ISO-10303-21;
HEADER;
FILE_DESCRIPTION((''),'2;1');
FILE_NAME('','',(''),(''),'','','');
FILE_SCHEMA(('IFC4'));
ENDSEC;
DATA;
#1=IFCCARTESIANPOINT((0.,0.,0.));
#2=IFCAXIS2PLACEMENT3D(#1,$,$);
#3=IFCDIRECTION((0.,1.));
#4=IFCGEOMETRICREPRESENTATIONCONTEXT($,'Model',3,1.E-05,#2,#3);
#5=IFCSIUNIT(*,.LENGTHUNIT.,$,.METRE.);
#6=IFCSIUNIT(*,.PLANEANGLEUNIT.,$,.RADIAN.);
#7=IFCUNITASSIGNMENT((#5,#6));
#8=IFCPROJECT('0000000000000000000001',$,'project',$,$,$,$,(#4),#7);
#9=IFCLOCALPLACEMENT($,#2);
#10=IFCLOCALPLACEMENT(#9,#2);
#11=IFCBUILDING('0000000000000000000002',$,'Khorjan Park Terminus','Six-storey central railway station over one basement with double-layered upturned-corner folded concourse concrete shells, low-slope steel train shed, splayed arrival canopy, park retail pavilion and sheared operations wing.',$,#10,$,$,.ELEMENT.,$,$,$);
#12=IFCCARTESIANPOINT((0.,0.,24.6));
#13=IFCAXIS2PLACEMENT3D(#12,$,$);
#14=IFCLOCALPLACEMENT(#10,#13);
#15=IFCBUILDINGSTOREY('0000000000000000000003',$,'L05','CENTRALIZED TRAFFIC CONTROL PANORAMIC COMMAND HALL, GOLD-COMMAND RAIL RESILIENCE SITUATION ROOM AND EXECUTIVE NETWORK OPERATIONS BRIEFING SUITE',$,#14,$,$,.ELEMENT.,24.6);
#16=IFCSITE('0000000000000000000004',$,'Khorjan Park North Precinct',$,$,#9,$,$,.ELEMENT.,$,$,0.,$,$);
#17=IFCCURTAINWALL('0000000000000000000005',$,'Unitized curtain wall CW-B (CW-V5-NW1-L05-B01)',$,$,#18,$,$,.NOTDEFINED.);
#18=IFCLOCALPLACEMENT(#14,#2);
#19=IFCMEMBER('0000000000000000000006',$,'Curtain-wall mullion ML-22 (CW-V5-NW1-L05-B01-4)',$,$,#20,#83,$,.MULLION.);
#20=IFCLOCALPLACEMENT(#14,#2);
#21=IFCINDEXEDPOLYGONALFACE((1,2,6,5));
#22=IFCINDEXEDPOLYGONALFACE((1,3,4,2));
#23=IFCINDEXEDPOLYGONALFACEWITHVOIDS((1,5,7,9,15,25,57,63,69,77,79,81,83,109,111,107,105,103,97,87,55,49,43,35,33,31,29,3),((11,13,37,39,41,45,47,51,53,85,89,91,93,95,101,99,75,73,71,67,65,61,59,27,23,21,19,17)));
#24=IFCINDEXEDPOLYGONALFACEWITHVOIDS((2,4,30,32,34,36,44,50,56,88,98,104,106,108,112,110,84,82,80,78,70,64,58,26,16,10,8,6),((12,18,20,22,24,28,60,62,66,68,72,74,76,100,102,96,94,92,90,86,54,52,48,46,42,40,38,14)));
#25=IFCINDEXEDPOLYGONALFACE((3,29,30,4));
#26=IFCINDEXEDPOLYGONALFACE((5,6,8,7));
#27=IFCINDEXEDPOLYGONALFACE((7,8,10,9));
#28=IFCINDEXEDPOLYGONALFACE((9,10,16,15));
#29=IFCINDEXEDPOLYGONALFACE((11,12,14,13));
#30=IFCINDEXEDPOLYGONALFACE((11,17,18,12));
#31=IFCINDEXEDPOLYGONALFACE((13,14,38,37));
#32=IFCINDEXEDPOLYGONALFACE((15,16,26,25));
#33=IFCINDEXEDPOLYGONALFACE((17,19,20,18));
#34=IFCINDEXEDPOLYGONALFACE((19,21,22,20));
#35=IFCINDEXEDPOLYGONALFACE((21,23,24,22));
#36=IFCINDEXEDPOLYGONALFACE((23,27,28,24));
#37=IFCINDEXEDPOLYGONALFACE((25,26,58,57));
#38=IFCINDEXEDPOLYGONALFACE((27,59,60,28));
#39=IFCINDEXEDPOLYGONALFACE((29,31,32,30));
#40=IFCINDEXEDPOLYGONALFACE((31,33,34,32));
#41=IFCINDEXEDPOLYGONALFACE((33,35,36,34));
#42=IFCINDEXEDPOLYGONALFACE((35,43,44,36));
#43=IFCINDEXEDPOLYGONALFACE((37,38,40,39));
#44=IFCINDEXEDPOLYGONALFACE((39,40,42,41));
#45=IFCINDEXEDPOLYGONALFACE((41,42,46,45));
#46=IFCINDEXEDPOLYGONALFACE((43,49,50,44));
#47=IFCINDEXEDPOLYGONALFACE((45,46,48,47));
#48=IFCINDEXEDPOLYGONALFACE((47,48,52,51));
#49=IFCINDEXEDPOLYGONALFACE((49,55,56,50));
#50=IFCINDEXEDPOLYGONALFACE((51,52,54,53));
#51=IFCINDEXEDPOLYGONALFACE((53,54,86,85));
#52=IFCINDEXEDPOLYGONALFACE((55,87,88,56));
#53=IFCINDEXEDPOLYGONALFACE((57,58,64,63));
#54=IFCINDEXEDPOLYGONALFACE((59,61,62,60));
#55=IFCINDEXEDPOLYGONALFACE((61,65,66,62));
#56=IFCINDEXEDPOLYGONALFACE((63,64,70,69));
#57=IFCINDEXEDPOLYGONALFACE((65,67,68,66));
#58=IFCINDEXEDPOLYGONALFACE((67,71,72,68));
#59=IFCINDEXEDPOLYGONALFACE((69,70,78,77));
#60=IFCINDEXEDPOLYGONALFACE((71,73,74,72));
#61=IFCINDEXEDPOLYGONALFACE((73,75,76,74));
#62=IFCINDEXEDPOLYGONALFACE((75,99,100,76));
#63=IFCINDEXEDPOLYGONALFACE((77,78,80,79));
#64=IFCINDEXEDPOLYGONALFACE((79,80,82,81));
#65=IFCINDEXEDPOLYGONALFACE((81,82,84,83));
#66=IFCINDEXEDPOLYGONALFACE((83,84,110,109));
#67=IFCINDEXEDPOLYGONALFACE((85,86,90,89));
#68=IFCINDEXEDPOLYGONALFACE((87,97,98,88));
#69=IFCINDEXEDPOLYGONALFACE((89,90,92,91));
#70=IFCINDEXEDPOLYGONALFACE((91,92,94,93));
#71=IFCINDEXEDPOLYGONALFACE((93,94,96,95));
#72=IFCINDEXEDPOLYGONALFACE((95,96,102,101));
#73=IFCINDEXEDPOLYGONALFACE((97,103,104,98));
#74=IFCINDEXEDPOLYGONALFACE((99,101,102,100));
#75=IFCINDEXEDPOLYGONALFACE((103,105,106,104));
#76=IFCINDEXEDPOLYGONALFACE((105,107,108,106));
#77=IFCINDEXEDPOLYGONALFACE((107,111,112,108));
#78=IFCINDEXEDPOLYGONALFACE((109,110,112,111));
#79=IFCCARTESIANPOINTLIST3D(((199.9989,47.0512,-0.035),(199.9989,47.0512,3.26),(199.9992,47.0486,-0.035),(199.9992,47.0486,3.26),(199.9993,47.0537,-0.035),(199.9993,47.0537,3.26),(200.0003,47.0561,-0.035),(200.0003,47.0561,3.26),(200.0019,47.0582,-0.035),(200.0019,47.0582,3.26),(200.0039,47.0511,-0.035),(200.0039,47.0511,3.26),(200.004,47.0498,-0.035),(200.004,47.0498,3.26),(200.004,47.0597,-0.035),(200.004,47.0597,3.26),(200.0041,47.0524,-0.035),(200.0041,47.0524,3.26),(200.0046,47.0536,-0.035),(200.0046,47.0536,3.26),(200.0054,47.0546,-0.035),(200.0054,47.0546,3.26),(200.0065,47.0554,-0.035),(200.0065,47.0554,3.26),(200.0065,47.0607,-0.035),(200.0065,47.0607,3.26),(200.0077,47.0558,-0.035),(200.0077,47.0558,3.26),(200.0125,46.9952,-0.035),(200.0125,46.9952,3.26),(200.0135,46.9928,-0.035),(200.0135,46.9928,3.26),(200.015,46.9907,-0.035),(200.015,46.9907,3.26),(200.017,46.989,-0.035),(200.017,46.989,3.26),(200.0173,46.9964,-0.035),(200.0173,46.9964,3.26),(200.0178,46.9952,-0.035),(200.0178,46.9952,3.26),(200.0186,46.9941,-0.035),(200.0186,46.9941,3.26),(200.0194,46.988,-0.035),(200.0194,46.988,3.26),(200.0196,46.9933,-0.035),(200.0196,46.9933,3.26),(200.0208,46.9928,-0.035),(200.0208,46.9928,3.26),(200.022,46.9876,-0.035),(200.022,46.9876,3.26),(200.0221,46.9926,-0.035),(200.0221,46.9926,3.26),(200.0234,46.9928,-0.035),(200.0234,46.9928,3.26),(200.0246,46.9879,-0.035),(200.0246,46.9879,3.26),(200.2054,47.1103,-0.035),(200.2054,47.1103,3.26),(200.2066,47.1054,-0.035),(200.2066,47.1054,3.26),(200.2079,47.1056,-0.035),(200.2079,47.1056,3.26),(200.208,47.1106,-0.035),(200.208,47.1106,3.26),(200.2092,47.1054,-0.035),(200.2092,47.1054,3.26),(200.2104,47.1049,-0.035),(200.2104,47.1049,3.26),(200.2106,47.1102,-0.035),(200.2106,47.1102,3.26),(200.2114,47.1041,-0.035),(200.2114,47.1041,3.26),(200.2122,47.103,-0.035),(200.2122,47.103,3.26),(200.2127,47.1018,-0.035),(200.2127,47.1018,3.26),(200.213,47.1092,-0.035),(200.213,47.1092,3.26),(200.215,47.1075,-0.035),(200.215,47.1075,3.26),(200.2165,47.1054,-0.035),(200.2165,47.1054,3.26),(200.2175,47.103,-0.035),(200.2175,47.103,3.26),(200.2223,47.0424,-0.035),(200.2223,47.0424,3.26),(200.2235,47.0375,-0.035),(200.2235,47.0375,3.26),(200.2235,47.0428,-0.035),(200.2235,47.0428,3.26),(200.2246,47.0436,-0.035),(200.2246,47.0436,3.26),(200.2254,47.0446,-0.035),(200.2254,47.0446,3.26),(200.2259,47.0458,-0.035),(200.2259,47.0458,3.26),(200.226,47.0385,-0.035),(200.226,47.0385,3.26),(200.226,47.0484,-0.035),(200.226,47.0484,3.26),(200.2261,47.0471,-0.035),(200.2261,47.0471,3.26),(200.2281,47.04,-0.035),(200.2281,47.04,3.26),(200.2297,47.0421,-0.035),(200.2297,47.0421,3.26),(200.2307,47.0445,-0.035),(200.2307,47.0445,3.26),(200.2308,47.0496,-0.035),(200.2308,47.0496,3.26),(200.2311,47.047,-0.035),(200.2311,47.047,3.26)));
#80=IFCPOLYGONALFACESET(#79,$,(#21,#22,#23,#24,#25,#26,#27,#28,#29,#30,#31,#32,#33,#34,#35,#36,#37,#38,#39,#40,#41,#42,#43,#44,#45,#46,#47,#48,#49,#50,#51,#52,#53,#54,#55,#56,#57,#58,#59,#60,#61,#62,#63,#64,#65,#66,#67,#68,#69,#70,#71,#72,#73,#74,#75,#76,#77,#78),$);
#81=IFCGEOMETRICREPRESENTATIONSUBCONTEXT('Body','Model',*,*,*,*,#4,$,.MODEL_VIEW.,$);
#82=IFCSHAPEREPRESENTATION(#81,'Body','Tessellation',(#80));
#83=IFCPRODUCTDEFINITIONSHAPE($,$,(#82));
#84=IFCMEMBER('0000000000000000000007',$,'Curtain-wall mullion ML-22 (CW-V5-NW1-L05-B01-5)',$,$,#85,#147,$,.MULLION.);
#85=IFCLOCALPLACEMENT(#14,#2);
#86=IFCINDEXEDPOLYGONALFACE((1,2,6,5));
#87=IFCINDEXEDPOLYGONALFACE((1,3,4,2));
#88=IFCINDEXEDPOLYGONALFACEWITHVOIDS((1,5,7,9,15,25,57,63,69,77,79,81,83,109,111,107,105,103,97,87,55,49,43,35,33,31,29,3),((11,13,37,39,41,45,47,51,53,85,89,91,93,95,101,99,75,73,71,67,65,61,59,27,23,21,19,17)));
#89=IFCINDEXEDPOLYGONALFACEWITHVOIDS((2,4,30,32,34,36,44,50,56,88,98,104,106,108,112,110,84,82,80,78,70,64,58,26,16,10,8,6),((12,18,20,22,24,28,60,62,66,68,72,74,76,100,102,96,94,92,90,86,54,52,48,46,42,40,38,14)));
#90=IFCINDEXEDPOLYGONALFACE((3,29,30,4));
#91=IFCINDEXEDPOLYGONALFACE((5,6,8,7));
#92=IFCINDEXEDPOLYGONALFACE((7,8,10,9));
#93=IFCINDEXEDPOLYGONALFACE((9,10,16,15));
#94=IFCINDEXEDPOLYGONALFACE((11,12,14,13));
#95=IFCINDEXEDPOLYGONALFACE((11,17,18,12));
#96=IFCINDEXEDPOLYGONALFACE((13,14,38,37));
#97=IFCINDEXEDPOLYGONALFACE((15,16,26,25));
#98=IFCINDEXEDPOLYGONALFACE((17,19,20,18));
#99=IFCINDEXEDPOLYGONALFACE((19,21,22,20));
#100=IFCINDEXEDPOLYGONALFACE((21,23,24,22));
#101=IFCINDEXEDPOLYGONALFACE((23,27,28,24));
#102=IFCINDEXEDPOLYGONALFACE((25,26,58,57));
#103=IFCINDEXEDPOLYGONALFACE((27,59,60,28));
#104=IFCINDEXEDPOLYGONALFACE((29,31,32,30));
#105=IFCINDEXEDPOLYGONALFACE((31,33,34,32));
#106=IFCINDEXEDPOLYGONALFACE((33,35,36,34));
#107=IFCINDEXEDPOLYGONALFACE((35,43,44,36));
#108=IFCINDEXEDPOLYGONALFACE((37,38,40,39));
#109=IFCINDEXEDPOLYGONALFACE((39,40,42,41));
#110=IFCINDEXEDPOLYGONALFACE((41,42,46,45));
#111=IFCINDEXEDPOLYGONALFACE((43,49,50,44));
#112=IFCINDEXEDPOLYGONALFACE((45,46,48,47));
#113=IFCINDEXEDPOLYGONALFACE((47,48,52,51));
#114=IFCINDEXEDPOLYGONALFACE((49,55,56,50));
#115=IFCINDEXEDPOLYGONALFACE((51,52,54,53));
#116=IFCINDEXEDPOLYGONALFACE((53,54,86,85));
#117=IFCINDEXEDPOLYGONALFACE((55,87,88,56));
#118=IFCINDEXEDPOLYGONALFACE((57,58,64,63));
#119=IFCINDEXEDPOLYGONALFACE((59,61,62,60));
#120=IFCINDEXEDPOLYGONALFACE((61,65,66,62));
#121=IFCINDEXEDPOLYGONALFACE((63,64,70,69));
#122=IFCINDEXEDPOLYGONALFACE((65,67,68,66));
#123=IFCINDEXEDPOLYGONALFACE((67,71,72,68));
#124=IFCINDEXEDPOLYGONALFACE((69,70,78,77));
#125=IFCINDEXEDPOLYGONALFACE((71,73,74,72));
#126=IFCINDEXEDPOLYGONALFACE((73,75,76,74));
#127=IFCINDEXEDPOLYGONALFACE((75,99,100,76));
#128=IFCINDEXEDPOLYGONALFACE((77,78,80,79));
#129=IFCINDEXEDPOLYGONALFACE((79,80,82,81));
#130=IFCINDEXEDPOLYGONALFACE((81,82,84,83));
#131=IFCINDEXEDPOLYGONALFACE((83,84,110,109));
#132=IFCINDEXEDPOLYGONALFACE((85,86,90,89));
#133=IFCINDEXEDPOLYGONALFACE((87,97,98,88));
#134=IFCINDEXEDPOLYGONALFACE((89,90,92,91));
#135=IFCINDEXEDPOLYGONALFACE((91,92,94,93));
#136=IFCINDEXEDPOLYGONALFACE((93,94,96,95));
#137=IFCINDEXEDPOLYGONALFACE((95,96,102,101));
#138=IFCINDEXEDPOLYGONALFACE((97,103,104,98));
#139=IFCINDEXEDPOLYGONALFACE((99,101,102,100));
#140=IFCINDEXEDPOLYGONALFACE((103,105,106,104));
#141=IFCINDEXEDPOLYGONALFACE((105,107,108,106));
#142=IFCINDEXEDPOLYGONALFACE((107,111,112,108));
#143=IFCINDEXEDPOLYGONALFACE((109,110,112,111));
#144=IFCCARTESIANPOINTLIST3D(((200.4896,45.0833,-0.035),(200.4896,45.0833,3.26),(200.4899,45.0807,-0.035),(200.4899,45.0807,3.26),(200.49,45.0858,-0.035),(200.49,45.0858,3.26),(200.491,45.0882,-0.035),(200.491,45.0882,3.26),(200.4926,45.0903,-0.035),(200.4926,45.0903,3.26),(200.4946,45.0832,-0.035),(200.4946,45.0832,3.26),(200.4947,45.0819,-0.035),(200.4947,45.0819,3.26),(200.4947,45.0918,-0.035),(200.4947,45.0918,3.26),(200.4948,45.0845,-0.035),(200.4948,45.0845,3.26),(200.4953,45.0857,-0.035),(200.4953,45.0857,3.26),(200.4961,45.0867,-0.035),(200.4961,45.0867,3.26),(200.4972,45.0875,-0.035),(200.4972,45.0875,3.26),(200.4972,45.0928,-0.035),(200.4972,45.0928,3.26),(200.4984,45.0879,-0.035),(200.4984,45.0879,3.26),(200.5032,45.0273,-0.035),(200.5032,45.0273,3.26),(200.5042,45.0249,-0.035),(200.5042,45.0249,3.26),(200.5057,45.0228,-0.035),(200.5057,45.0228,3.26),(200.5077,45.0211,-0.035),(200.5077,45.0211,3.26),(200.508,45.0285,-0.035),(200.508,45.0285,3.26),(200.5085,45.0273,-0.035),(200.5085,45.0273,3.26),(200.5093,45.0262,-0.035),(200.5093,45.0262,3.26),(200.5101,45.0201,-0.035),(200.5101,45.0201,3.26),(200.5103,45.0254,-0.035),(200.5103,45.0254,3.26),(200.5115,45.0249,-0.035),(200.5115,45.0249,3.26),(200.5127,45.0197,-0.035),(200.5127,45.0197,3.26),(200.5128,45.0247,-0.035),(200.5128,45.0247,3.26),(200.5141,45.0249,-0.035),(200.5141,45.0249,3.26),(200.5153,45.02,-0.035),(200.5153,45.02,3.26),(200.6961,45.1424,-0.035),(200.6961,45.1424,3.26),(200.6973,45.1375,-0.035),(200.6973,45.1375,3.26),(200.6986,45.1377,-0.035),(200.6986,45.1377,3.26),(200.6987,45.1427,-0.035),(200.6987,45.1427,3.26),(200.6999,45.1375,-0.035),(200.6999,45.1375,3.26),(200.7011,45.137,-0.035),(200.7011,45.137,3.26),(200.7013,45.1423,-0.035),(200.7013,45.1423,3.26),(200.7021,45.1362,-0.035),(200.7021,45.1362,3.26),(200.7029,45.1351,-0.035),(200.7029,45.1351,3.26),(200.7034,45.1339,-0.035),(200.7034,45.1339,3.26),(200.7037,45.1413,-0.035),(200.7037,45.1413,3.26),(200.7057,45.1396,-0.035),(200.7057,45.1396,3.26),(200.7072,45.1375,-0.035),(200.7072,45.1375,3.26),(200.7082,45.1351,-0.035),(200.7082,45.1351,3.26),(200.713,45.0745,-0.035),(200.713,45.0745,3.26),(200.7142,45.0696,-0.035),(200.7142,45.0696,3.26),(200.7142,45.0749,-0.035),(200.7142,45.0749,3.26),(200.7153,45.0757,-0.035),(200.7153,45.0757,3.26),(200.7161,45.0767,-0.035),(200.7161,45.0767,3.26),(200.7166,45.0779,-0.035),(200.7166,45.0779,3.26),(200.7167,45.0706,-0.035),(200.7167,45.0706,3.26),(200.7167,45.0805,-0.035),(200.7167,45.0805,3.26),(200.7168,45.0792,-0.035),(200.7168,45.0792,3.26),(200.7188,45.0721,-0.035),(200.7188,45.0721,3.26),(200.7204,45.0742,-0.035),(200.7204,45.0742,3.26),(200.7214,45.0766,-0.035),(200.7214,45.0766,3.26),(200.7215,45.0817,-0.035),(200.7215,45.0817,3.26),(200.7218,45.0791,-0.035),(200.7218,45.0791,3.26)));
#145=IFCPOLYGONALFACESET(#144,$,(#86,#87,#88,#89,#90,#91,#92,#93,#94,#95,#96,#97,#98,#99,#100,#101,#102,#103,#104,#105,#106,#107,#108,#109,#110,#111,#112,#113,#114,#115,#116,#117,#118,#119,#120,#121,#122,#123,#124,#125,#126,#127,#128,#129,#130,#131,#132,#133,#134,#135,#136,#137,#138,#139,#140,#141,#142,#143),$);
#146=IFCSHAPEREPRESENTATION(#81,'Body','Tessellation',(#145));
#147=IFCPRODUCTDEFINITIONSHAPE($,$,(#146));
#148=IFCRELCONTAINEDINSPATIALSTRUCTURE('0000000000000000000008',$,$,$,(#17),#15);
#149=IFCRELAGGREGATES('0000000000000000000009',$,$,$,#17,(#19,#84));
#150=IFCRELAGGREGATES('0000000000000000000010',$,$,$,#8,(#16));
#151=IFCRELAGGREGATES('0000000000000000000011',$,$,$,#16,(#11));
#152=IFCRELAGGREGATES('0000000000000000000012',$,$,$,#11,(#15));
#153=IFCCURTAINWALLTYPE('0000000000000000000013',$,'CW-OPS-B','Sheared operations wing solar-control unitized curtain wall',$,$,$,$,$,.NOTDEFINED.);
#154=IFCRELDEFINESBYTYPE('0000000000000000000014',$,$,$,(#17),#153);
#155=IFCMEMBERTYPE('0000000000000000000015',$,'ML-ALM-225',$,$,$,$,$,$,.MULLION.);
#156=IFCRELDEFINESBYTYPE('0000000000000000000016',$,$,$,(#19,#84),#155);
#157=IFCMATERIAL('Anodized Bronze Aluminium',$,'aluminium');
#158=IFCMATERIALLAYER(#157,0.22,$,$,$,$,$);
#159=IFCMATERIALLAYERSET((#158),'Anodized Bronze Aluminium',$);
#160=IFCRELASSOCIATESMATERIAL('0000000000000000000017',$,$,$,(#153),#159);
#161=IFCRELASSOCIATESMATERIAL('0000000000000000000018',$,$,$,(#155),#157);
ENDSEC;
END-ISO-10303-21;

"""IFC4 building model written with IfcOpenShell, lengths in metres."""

from ifc_helpers import new_model, si_unit, direction, frame, origin, origin_2d, place, context, subcontext, project, spatial, hollow_rectangle, extrude, material, layer, layer_set, material_profile, profile_set, type_object, element, aggregate, save


model = new_model("IFC4")

# Units and contexts
model_context = context("Model", 3, precision=1e-05, world=origin(), true_north=direction((0.0, 1.0)))
body_context = subcontext(model_context, "Body", "Model", "MODEL_VIEW")
ifc_project = project(units=[si_unit("LENGTHUNIT", "METRE"), si_unit("PLANEANGLEUNIT", "RADIAN")], contexts=[model_context])

# Site, building, storey
site_placement = place(None, origin())
site = spatial("IfcSite", under=ifc_project, at=site_placement, Name="Khorjan Park North Precinct", CompositionType="ELEMENT", RefElevation=0.0)
building_placement = place(site_placement, origin())
building = spatial("IfcBuilding", under=site, at=building_placement, Name="Khorjan Park Terminus", Description="Six-storey central railway station over one basement with double-layered upturned-corner folded concourse concrete shells, low-slope steel train shed, splayed arrival canopy, park retail pavilion and sheared operations wing.", CompositionType="ELEMENT")
storey_placement = place(building_placement, frame((0.0, 0.0, 24.6)))
storey = spatial("IfcBuildingStorey", under=building, at=storey_placement, Name="L05", Description="CENTRALIZED TRAFFIC CONTROL PANORAMIC COMMAND HALL, GOLD-COMMAND RAIL RESILIENCE SITUATION ROOM AND EXECUTIVE NETWORK OPERATIONS BRIEFING SUITE", CompositionType="ELEMENT", Elevation=24.6)

# Curtain wall, members
ifc_material_1 = material(Name="Anodized Bronze Aluminium", Category="aluminium")
ifc_layer_1 = layer(ifc_material_1, 0.22)
ifc_layer_set_1 = layer_set([ifc_layer_1], Name="Anodized Bronze Aluminium")
curtain_wall_type = type_object("IfcCurtainWallType", Name="CW-OPS-B", Description="Sheared operations wing solar-control unitized curtain wall", PredefinedType="NOTDEFINED", material=ifc_layer_set_1)
curtain_wall_1_placement = place(storey_placement, origin())
curtain_wall_1 = element("IfcCurtainWall", 1, at=curtain_wall_1_placement, inside=storey, type_object=curtain_wall_type, Name="Unitized curtain wall CW-B (CW-V5-NW1-L05-B01)", PredefinedType="NOTDEFINED")
ifc_material_profile_1 = material_profile(ifc_material_1, hollow_rectangle(XDim=0.075, YDim=0.225, WallThickness=0.005, InnerFilletRadius=0.005, OuterFilletRadius=0.01, at=origin_2d()), Name="ALM 75x225x5")
ifc_profile_set_1 = profile_set([ifc_material_profile_1], Name="Anodized Bronze Aluminium")
member_type_1 = type_object("IfcMemberType", Name="ML-ALM-225", PredefinedType="MULLION", material=ifc_profile_set_1)
member_1_placement = place(storey_placement, frame((200.115, 47.0491, -0.035), z_axis=(0.0, 0.0, 1.0), x_axis=(0.241932, -0.970293, 0.0)))
member_1 = element("IfcMember", 2, at=member_1_placement, type_object=member_type_1, Name="Curtain-wall mullion ML-22 (CW-V5-NW1-L05-B01-4)", PredefinedType="MULLION", context=body_context, shape_type="SweptSolid", body=[
    extrude(hollow_rectangle(XDim=0.075, YDim=0.225, WallThickness=0.005, InnerFilletRadius=0.005, OuterFilletRadius=0.01, at=origin_2d()), origin(), (0.0, 0.0, 1.0), 3.295),
])
member_2_placement = place(storey_placement, frame((200.6057, 45.0812, -0.035), z_axis=(0.0, 0.0, 1.0), x_axis=(0.241932, -0.970293, 0.0)))
member_2 = element("IfcMember", 3, at=member_2_placement, type_object=member_type_1, Name="Curtain-wall mullion ML-22 (CW-V5-NW1-L05-B01-5)", PredefinedType="MULLION", context=body_context, shape_type="SweptSolid", body=[
    extrude(hollow_rectangle(XDim=0.075, YDim=0.225, WallThickness=0.005, InnerFilletRadius=0.005, OuterFilletRadius=0.01, at=origin_2d()), origin(), (0.0, 0.0, 1.0), 3.295),
])

aggregate(curtain_wall_1, [member_1, member_2])

save(model, "model.ifc")
